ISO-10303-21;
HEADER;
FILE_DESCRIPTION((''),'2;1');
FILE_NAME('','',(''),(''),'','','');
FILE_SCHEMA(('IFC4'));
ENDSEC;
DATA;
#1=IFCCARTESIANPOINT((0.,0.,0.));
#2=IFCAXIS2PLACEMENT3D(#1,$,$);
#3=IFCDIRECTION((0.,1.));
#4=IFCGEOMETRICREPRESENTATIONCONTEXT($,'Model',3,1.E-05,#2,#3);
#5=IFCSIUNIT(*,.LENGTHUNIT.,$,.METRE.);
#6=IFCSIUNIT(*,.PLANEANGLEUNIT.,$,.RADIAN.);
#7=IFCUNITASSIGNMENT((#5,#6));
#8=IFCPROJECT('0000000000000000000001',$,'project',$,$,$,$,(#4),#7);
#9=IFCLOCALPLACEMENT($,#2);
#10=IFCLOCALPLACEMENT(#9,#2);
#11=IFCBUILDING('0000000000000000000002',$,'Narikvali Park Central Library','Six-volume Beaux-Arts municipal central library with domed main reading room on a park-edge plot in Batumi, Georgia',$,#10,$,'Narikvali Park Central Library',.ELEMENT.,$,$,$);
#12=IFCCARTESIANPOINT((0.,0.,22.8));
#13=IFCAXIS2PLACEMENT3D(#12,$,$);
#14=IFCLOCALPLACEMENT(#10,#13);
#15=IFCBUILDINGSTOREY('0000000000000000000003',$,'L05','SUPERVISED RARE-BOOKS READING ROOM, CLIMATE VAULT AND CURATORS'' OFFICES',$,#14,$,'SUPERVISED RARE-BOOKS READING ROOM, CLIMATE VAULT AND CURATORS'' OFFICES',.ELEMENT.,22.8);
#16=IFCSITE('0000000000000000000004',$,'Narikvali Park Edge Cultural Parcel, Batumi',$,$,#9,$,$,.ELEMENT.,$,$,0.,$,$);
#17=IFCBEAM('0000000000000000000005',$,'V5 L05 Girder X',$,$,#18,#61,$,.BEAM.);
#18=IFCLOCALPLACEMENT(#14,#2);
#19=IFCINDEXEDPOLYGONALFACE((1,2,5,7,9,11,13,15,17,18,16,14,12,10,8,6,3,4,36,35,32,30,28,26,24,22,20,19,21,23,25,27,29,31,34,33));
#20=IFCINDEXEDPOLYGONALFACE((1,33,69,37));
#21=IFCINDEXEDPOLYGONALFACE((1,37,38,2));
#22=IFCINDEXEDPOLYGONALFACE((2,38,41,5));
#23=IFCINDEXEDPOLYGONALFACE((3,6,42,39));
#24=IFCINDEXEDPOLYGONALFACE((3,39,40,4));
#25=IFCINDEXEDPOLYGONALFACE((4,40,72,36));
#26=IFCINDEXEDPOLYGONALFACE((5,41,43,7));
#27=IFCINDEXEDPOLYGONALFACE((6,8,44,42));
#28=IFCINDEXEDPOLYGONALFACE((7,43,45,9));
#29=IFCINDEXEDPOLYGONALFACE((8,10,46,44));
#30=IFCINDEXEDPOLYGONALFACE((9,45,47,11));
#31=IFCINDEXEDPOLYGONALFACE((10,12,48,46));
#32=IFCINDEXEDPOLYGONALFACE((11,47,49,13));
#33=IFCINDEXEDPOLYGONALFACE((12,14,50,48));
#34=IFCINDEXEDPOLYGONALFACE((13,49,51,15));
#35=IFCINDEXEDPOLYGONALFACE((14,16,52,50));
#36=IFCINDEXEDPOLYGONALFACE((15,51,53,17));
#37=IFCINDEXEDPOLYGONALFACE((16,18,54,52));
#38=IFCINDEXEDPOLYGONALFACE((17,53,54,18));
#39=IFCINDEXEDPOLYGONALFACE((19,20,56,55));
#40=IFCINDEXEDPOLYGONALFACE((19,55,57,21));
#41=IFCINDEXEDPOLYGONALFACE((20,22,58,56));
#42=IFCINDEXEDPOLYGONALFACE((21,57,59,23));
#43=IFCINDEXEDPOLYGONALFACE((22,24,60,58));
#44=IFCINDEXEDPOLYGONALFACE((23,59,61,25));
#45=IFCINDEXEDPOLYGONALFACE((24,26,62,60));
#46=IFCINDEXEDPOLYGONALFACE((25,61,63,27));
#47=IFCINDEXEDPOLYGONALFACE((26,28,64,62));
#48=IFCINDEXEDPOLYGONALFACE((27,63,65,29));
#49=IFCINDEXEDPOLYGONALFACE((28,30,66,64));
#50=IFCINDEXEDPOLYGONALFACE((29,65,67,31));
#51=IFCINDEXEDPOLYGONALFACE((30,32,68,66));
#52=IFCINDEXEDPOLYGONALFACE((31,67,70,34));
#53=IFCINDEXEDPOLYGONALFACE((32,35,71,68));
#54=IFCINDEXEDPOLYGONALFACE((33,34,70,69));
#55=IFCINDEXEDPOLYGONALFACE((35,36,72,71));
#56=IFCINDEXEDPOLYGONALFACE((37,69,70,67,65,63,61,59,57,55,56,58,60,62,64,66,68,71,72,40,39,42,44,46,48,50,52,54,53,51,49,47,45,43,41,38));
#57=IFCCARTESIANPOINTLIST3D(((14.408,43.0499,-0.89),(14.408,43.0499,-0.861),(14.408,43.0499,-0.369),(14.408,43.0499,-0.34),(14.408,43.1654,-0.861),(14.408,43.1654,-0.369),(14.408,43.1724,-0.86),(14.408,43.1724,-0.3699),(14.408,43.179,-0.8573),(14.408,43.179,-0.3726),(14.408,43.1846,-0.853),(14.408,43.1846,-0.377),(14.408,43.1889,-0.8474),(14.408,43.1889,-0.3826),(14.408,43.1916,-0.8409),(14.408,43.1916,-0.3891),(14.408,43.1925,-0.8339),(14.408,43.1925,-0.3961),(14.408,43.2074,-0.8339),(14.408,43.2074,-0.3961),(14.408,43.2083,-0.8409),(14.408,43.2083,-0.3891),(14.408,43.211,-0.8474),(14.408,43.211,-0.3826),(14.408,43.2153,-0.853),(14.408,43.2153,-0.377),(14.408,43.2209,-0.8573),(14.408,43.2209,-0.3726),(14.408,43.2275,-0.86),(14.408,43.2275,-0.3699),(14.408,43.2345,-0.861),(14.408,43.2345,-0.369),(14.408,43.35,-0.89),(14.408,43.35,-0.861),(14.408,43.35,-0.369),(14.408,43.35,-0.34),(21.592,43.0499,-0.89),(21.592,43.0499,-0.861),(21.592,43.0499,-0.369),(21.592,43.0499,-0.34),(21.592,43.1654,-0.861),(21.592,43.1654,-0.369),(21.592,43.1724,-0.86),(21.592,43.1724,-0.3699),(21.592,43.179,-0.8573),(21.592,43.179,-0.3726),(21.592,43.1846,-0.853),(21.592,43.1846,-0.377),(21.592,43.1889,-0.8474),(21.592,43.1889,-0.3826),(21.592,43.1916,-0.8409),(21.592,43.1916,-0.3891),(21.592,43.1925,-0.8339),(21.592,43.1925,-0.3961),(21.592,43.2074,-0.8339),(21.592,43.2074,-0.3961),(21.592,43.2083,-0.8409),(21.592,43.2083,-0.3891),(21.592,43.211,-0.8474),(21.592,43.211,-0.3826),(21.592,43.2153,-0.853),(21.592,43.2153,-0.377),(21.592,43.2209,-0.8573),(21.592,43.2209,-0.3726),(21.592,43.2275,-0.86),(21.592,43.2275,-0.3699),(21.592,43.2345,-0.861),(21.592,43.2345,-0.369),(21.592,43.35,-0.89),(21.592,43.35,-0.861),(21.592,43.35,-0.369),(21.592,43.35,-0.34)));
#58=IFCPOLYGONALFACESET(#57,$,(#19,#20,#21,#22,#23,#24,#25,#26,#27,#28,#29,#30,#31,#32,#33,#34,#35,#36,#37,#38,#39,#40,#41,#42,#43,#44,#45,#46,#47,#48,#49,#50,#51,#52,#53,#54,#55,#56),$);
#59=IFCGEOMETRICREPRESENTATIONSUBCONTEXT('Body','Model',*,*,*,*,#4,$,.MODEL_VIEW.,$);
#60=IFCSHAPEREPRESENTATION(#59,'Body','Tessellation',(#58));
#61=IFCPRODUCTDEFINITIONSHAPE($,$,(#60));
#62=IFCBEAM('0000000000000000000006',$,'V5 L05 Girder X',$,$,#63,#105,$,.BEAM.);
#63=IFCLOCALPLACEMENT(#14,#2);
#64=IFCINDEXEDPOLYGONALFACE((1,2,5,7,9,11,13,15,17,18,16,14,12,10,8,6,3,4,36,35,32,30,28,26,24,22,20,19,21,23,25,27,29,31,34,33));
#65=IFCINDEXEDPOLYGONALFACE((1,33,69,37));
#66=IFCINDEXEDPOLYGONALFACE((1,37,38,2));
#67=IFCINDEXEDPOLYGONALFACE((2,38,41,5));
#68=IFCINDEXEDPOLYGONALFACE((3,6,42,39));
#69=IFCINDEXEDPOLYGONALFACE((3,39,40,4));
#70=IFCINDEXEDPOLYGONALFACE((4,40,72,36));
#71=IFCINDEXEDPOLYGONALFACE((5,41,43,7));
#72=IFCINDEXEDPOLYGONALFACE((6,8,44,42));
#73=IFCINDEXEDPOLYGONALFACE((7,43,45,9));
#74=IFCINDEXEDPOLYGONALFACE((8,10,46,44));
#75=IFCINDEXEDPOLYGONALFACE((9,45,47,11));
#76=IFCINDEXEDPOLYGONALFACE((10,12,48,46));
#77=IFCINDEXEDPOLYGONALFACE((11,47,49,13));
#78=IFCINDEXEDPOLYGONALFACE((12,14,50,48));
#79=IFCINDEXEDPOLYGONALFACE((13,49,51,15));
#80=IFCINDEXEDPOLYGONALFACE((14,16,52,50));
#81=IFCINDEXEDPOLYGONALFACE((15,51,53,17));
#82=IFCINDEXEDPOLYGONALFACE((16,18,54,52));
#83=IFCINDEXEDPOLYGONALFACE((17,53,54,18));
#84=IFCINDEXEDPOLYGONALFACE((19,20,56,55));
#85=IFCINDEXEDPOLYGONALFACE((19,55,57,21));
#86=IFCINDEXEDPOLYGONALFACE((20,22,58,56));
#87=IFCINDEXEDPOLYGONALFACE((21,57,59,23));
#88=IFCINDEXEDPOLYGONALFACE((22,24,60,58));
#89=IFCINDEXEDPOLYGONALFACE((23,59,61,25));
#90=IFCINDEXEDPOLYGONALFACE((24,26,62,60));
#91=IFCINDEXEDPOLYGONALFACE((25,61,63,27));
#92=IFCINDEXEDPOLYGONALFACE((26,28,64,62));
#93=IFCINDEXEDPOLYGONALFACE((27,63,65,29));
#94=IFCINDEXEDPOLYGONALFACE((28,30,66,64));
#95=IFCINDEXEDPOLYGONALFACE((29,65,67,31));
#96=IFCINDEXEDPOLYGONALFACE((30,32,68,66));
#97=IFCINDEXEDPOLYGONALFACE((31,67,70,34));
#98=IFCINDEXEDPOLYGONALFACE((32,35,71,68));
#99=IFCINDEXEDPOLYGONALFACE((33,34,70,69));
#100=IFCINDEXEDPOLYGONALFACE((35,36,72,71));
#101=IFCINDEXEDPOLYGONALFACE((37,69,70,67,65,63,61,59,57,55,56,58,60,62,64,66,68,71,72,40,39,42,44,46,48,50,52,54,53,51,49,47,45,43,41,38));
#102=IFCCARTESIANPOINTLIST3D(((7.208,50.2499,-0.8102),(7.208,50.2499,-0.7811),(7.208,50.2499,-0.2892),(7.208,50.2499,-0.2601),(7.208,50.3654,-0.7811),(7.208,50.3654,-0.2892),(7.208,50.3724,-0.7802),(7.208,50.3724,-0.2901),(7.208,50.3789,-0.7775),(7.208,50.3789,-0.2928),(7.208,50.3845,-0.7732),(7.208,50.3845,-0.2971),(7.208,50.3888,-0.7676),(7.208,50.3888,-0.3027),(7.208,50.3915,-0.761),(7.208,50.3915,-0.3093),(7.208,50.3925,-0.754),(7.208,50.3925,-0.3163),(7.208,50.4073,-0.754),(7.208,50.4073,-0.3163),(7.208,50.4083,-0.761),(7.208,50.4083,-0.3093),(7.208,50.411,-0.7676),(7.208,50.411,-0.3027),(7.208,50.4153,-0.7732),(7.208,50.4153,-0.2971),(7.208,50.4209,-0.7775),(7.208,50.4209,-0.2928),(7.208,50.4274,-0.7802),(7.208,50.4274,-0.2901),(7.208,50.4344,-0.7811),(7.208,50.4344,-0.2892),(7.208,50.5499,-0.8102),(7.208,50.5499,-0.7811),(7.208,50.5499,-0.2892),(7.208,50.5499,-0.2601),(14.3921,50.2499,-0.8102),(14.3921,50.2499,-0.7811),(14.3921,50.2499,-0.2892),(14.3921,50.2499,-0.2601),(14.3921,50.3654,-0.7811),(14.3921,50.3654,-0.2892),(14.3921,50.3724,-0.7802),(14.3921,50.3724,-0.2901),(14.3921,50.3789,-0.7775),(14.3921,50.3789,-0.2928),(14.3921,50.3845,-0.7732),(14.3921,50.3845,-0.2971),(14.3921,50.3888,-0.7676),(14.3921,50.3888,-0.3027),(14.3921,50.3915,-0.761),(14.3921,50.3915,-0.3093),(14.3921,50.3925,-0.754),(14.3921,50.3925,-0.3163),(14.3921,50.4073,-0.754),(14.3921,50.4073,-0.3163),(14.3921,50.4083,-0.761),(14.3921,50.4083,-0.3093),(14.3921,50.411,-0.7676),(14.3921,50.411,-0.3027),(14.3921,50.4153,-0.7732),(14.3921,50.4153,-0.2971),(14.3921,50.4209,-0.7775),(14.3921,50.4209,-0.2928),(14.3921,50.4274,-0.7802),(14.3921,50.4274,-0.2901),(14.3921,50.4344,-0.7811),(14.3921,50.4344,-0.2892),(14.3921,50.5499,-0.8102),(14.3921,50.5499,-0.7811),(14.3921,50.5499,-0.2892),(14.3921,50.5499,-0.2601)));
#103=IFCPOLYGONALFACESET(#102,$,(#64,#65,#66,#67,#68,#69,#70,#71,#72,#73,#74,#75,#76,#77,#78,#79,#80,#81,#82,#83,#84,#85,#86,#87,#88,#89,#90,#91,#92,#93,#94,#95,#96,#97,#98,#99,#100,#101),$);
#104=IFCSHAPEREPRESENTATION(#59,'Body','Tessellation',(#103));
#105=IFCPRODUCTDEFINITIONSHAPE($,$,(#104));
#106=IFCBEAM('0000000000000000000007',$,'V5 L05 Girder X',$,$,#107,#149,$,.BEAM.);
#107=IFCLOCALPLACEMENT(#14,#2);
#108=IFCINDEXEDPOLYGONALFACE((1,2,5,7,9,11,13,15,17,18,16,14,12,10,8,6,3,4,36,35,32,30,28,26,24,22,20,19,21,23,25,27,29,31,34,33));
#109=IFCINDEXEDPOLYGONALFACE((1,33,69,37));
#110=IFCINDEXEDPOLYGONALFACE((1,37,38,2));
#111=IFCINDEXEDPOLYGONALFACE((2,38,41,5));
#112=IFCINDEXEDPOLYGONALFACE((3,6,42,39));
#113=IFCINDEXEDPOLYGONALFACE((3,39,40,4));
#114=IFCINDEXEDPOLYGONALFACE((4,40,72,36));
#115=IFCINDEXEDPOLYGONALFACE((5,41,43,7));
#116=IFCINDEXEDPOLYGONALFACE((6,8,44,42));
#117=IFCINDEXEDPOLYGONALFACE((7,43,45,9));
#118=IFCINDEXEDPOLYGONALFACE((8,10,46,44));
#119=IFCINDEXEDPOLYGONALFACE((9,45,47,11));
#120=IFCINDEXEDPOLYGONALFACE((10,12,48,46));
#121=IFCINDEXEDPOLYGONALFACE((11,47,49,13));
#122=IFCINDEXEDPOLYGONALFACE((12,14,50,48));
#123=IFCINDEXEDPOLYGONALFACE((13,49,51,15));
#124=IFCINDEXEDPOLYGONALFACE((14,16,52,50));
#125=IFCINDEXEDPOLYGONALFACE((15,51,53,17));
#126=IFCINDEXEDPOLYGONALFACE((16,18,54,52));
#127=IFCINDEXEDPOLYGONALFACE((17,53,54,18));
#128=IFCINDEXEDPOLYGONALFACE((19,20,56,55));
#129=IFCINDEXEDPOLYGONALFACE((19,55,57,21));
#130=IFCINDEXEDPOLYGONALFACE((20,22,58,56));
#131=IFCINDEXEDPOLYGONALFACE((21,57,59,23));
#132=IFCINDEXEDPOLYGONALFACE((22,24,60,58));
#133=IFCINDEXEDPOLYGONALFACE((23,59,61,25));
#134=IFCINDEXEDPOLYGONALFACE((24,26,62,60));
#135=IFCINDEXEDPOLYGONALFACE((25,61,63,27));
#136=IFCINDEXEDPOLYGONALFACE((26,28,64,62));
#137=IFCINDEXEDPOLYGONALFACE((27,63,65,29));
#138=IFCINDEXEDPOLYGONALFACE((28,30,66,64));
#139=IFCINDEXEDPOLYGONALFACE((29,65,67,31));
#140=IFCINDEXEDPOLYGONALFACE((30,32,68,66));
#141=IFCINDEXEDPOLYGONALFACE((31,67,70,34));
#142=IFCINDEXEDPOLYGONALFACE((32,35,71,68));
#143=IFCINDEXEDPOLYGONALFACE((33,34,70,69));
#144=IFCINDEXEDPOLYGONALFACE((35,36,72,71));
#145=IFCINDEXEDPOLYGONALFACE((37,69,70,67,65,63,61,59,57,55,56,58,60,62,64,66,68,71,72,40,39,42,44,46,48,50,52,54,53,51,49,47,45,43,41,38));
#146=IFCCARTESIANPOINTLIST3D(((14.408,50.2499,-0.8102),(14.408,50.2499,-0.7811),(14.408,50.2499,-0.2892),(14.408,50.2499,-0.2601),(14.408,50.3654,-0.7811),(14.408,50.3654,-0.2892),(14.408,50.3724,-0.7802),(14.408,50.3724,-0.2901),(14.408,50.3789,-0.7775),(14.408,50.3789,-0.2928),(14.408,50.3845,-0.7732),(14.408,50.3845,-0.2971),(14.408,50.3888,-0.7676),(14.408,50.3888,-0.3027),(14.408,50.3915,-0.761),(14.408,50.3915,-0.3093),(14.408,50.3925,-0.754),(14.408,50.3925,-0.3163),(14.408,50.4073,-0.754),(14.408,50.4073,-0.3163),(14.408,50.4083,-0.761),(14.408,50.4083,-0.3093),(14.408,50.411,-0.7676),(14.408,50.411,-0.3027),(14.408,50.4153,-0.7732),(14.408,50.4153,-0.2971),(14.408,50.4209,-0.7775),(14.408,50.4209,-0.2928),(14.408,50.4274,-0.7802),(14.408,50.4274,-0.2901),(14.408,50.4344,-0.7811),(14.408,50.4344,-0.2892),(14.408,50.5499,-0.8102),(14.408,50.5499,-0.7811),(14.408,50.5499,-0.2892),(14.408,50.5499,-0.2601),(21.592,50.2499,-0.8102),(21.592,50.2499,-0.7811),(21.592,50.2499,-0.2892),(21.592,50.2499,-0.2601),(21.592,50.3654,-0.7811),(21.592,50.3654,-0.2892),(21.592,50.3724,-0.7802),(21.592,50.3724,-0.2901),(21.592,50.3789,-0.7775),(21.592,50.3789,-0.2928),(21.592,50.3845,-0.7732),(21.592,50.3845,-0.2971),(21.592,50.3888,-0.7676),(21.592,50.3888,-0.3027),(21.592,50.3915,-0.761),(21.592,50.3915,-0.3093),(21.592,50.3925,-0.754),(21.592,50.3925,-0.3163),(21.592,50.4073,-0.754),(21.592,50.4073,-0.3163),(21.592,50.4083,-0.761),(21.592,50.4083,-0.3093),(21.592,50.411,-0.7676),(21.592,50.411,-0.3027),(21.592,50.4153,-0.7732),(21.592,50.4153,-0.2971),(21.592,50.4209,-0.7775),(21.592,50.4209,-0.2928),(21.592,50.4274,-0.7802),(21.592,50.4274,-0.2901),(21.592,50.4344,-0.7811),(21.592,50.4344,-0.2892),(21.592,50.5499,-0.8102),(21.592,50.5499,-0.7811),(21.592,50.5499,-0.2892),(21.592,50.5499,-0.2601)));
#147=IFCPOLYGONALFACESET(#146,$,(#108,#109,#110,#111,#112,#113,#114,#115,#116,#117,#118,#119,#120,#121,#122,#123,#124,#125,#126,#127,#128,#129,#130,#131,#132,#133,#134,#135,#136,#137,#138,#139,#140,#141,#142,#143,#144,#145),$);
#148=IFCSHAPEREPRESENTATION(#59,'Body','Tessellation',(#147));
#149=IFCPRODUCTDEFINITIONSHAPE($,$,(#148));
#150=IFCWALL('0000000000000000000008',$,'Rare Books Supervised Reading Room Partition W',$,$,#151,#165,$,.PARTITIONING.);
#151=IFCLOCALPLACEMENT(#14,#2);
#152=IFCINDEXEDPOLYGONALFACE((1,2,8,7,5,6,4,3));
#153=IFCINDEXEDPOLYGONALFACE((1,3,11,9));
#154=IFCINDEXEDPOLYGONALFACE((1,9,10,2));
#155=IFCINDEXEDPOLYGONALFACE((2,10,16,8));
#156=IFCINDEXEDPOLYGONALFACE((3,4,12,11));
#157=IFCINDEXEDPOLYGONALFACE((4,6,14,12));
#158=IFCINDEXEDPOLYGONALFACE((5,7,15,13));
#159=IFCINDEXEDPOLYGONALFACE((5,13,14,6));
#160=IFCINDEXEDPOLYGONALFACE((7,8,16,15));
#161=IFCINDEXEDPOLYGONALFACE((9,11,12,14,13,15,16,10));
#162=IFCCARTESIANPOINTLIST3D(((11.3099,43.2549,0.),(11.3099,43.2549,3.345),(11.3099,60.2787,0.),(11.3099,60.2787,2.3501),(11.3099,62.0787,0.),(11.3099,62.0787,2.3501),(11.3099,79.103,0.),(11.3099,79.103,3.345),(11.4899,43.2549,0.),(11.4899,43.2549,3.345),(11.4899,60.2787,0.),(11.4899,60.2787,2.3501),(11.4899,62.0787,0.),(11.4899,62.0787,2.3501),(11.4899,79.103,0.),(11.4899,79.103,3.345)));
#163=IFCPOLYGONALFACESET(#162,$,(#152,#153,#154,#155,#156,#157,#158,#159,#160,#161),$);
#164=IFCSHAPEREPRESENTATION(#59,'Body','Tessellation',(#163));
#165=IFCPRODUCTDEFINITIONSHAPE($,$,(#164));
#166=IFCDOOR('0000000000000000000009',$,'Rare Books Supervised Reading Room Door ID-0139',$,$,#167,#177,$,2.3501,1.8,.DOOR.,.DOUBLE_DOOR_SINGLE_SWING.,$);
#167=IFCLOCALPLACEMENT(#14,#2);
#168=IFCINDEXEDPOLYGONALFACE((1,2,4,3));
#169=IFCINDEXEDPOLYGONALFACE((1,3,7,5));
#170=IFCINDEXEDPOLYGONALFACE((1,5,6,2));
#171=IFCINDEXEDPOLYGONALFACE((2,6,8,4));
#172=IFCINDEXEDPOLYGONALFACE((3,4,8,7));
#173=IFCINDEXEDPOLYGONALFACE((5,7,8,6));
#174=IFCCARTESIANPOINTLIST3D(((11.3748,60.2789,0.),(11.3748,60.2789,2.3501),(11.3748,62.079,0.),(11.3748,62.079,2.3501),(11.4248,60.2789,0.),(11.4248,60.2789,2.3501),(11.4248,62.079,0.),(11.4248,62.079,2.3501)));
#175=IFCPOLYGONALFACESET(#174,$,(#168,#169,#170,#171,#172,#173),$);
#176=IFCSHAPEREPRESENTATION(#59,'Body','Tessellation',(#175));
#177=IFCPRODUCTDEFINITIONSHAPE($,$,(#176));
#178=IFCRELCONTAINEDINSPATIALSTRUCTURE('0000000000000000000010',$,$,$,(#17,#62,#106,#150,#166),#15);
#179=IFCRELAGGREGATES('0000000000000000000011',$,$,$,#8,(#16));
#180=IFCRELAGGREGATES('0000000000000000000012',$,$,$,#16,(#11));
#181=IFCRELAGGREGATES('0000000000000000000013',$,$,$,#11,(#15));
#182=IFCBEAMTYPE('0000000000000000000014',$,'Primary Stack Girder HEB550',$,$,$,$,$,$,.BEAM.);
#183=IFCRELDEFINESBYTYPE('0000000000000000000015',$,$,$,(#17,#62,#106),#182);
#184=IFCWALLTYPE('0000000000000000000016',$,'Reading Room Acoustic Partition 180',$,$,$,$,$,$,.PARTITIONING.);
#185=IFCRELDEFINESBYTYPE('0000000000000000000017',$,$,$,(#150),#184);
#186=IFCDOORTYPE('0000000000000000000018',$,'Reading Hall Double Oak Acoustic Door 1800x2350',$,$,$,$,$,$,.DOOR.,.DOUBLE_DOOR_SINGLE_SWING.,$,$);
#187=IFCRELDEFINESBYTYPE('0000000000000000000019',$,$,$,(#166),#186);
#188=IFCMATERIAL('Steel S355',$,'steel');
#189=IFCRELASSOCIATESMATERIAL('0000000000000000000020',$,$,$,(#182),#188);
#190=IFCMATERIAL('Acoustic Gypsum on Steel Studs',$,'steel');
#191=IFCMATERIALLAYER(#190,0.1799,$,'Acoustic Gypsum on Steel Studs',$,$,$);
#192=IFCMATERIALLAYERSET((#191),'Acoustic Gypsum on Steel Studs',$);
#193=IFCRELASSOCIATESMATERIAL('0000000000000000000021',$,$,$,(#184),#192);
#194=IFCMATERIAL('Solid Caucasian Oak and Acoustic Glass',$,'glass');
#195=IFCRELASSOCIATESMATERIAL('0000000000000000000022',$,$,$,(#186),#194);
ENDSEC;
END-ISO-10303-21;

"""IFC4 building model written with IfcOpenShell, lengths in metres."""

from ifc_helpers import new_model, si_unit, direction, frame, frame_2d, origin, origin_2d, place, context, subcontext, project, spatial, rectangle, i_section, extrude, material, layer, layer_set, material_profile, profile_set, type_object, element, fill, save


model = new_model("IFC4")

# Units and contexts
model_context = context("Model", 3, precision=1e-05, world=origin(), true_north=direction((0.0, 1.0)))
body_context = subcontext(model_context, "Body", "Model", "MODEL_VIEW")
ifc_project = project(units=[si_unit("LENGTHUNIT", "METRE"), si_unit("PLANEANGLEUNIT", "RADIAN")], contexts=[model_context])

# Site, building, storey
site_placement = place(None, origin())
site = spatial("IfcSite", under=ifc_project, at=site_placement, Name="Narikvali Park Edge Cultural Parcel, Batumi", CompositionType="ELEMENT", RefElevation=0.0)
building_placement = place(site_placement, origin())
building = spatial("IfcBuilding", under=site, at=building_placement, Name="Narikvali Park Central Library", Description="Six-volume Beaux-Arts municipal central library with domed main reading room on a park-edge plot in Batumi, Georgia", LongName="Narikvali Park Central Library", CompositionType="ELEMENT")
storey_placement = place(building_placement, frame((0.0, 0.0, 22.8)))
storey = spatial("IfcBuildingStorey", under=building, at=storey_placement, Name="L05", Description="SUPERVISED RARE-BOOKS READING ROOM, CLIMATE VAULT AND CURATORS' OFFICES", LongName="SUPERVISED RARE-BOOKS READING ROOM, CLIMATE VAULT AND CURATORS' OFFICES", CompositionType="ELEMENT", Elevation=22.8)

# Shared definitions
ifc_material_1 = material(Name="Steel S355", Category="steel")

# Beams
ifc_material_profile_1 = material_profile(ifc_material_1, i_section(OverallWidth=0.3, OverallDepth=0.55, WebThickness=0.0149, FlangeThickness=0.0291, FilletRadius=0.0271, at=origin_2d()), Name="HEB 550")
ifc_profile_set_1 = profile_set([ifc_material_profile_1], Name="Steel S355")
beam_type_1 = type_object("IfcBeamType", Name="Primary Stack Girder HEB550", PredefinedType="BEAM", material=ifc_profile_set_1)
for number, where, z_axis, x_axis, name in (
    (1, (14.408, 43.2, -0.615), (1.0, 0.0, 0.0), (0.0, 1.0, 0.0), "V5 L05 Girder X"),
    (2, (7.208, 50.3999, -0.5352), (1.0, 0.0, 0.0), (0.0, 1.0, 0.0), "V5 L05 Girder X"),
    (3, (14.408, 50.3999, -0.5352), (1.0, 0.0, 0.0), (0.0, 1.0, 0.0), "V5 L05 Girder X"),
):
    element("IfcBeam", number, at=place(storey_placement, frame(where, z_axis=z_axis, x_axis=x_axis)), inside=storey, type_object=beam_type_1, Name=name, PredefinedType="BEAM", context=body_context, shape_type="SweptSolid", body=[
        extrude(i_section(OverallWidth=0.3, OverallDepth=0.55, WebThickness=0.0149, FlangeThickness=0.0291, FilletRadius=0.0271, at=origin_2d()), origin(), (0.0, 0.0, 1.0), 7.1841),
    ])

# Wall, opening, door
ifc_material_2 = material(Name="Acoustic Gypsum on Steel Studs", Category="steel")
ifc_layer_1 = layer(ifc_material_2, 0.1799, Name="Acoustic Gypsum on Steel Studs")
ifc_layer_set_1 = layer_set([ifc_layer_1], Name="Acoustic Gypsum on Steel Studs")
wall_type_1 = type_object("IfcWallType", Name="Reading Room Acoustic Partition 180", PredefinedType="PARTITIONING", material=ifc_layer_set_1)
wall_1_placement = place(storey_placement, frame((11.3999, 43.2549, 0.0), z_axis=(0.0, 0.0, 1.0), x_axis=(0.0, 1.0, 0.0)))
wall_1 = element("IfcWall", 4, at=wall_1_placement, inside=storey, type_object=wall_type_1, Name="Rare Books Supervised Reading Room Partition W", PredefinedType="PARTITIONING", context=body_context, shape_type="SweptSolid", body=[
    extrude(rectangle(XDim=35.8481, YDim=0.1799, at=frame_2d((17.9241, 0.0))), origin(), (0.0, 0.0, 1.0), 3.345),
])
opening_1_placement = place(wall_1_placement, frame((17.0239, 0.0, 0.0)))
opening_1 = element("IfcOpeningElement", 5, at=opening_1_placement, cuts=wall_1, PredefinedType="OPENING", context=body_context, shape_type="SweptSolid", body=[
    extrude(rectangle(XDim=1.8, YDim=2.3501, at=frame_2d((0.8999, 1.175))), frame((0.0, 0.1021, 0.0), z_axis=(0.0, -1.0, 0.0), x_axis=(1.0, 0.0, 0.0)), (0.0, 0.0, 1.0), 0.2039),
])
ifc_material_3 = material(Name="Solid Caucasian Oak and Acoustic Glass", Category="glass")
door_type = type_object("IfcDoorType", Name="Reading Hall Double Oak Acoustic Door 1800x2350", OperationType="DOUBLE_DOOR_SINGLE_SWING", PredefinedType="DOOR", material=ifc_material_3)
door_placement = place(opening_1_placement, frame((1.8, 0.0, 0.0), z_axis=(0.0, 0.0, 1.0), x_axis=(-1.0, 0.0, 0.0)))
door = element("IfcDoor", 6, at=door_placement, inside=storey, type_object=door_type, Name="Rare Books Supervised Reading Room Door ID-0139", OperationType="DOUBLE_DOOR_SINGLE_SWING", OverallHeight=2.3501, OverallWidth=1.8, PredefinedType="DOOR", context=body_context, shape_type="SweptSolid", body=[
    extrude(rectangle(XDim=1.8, YDim=2.3501, at=frame_2d((0.8999, 1.175))), frame((0.0, 0.0249, 0.0), z_axis=(0.0, -1.0, 0.0), x_axis=(1.0, 0.0, 0.0)), (0.0, 0.0, 1.0), 0.05),
])
fill(opening_1, door)

save(model, "model.ifc")
